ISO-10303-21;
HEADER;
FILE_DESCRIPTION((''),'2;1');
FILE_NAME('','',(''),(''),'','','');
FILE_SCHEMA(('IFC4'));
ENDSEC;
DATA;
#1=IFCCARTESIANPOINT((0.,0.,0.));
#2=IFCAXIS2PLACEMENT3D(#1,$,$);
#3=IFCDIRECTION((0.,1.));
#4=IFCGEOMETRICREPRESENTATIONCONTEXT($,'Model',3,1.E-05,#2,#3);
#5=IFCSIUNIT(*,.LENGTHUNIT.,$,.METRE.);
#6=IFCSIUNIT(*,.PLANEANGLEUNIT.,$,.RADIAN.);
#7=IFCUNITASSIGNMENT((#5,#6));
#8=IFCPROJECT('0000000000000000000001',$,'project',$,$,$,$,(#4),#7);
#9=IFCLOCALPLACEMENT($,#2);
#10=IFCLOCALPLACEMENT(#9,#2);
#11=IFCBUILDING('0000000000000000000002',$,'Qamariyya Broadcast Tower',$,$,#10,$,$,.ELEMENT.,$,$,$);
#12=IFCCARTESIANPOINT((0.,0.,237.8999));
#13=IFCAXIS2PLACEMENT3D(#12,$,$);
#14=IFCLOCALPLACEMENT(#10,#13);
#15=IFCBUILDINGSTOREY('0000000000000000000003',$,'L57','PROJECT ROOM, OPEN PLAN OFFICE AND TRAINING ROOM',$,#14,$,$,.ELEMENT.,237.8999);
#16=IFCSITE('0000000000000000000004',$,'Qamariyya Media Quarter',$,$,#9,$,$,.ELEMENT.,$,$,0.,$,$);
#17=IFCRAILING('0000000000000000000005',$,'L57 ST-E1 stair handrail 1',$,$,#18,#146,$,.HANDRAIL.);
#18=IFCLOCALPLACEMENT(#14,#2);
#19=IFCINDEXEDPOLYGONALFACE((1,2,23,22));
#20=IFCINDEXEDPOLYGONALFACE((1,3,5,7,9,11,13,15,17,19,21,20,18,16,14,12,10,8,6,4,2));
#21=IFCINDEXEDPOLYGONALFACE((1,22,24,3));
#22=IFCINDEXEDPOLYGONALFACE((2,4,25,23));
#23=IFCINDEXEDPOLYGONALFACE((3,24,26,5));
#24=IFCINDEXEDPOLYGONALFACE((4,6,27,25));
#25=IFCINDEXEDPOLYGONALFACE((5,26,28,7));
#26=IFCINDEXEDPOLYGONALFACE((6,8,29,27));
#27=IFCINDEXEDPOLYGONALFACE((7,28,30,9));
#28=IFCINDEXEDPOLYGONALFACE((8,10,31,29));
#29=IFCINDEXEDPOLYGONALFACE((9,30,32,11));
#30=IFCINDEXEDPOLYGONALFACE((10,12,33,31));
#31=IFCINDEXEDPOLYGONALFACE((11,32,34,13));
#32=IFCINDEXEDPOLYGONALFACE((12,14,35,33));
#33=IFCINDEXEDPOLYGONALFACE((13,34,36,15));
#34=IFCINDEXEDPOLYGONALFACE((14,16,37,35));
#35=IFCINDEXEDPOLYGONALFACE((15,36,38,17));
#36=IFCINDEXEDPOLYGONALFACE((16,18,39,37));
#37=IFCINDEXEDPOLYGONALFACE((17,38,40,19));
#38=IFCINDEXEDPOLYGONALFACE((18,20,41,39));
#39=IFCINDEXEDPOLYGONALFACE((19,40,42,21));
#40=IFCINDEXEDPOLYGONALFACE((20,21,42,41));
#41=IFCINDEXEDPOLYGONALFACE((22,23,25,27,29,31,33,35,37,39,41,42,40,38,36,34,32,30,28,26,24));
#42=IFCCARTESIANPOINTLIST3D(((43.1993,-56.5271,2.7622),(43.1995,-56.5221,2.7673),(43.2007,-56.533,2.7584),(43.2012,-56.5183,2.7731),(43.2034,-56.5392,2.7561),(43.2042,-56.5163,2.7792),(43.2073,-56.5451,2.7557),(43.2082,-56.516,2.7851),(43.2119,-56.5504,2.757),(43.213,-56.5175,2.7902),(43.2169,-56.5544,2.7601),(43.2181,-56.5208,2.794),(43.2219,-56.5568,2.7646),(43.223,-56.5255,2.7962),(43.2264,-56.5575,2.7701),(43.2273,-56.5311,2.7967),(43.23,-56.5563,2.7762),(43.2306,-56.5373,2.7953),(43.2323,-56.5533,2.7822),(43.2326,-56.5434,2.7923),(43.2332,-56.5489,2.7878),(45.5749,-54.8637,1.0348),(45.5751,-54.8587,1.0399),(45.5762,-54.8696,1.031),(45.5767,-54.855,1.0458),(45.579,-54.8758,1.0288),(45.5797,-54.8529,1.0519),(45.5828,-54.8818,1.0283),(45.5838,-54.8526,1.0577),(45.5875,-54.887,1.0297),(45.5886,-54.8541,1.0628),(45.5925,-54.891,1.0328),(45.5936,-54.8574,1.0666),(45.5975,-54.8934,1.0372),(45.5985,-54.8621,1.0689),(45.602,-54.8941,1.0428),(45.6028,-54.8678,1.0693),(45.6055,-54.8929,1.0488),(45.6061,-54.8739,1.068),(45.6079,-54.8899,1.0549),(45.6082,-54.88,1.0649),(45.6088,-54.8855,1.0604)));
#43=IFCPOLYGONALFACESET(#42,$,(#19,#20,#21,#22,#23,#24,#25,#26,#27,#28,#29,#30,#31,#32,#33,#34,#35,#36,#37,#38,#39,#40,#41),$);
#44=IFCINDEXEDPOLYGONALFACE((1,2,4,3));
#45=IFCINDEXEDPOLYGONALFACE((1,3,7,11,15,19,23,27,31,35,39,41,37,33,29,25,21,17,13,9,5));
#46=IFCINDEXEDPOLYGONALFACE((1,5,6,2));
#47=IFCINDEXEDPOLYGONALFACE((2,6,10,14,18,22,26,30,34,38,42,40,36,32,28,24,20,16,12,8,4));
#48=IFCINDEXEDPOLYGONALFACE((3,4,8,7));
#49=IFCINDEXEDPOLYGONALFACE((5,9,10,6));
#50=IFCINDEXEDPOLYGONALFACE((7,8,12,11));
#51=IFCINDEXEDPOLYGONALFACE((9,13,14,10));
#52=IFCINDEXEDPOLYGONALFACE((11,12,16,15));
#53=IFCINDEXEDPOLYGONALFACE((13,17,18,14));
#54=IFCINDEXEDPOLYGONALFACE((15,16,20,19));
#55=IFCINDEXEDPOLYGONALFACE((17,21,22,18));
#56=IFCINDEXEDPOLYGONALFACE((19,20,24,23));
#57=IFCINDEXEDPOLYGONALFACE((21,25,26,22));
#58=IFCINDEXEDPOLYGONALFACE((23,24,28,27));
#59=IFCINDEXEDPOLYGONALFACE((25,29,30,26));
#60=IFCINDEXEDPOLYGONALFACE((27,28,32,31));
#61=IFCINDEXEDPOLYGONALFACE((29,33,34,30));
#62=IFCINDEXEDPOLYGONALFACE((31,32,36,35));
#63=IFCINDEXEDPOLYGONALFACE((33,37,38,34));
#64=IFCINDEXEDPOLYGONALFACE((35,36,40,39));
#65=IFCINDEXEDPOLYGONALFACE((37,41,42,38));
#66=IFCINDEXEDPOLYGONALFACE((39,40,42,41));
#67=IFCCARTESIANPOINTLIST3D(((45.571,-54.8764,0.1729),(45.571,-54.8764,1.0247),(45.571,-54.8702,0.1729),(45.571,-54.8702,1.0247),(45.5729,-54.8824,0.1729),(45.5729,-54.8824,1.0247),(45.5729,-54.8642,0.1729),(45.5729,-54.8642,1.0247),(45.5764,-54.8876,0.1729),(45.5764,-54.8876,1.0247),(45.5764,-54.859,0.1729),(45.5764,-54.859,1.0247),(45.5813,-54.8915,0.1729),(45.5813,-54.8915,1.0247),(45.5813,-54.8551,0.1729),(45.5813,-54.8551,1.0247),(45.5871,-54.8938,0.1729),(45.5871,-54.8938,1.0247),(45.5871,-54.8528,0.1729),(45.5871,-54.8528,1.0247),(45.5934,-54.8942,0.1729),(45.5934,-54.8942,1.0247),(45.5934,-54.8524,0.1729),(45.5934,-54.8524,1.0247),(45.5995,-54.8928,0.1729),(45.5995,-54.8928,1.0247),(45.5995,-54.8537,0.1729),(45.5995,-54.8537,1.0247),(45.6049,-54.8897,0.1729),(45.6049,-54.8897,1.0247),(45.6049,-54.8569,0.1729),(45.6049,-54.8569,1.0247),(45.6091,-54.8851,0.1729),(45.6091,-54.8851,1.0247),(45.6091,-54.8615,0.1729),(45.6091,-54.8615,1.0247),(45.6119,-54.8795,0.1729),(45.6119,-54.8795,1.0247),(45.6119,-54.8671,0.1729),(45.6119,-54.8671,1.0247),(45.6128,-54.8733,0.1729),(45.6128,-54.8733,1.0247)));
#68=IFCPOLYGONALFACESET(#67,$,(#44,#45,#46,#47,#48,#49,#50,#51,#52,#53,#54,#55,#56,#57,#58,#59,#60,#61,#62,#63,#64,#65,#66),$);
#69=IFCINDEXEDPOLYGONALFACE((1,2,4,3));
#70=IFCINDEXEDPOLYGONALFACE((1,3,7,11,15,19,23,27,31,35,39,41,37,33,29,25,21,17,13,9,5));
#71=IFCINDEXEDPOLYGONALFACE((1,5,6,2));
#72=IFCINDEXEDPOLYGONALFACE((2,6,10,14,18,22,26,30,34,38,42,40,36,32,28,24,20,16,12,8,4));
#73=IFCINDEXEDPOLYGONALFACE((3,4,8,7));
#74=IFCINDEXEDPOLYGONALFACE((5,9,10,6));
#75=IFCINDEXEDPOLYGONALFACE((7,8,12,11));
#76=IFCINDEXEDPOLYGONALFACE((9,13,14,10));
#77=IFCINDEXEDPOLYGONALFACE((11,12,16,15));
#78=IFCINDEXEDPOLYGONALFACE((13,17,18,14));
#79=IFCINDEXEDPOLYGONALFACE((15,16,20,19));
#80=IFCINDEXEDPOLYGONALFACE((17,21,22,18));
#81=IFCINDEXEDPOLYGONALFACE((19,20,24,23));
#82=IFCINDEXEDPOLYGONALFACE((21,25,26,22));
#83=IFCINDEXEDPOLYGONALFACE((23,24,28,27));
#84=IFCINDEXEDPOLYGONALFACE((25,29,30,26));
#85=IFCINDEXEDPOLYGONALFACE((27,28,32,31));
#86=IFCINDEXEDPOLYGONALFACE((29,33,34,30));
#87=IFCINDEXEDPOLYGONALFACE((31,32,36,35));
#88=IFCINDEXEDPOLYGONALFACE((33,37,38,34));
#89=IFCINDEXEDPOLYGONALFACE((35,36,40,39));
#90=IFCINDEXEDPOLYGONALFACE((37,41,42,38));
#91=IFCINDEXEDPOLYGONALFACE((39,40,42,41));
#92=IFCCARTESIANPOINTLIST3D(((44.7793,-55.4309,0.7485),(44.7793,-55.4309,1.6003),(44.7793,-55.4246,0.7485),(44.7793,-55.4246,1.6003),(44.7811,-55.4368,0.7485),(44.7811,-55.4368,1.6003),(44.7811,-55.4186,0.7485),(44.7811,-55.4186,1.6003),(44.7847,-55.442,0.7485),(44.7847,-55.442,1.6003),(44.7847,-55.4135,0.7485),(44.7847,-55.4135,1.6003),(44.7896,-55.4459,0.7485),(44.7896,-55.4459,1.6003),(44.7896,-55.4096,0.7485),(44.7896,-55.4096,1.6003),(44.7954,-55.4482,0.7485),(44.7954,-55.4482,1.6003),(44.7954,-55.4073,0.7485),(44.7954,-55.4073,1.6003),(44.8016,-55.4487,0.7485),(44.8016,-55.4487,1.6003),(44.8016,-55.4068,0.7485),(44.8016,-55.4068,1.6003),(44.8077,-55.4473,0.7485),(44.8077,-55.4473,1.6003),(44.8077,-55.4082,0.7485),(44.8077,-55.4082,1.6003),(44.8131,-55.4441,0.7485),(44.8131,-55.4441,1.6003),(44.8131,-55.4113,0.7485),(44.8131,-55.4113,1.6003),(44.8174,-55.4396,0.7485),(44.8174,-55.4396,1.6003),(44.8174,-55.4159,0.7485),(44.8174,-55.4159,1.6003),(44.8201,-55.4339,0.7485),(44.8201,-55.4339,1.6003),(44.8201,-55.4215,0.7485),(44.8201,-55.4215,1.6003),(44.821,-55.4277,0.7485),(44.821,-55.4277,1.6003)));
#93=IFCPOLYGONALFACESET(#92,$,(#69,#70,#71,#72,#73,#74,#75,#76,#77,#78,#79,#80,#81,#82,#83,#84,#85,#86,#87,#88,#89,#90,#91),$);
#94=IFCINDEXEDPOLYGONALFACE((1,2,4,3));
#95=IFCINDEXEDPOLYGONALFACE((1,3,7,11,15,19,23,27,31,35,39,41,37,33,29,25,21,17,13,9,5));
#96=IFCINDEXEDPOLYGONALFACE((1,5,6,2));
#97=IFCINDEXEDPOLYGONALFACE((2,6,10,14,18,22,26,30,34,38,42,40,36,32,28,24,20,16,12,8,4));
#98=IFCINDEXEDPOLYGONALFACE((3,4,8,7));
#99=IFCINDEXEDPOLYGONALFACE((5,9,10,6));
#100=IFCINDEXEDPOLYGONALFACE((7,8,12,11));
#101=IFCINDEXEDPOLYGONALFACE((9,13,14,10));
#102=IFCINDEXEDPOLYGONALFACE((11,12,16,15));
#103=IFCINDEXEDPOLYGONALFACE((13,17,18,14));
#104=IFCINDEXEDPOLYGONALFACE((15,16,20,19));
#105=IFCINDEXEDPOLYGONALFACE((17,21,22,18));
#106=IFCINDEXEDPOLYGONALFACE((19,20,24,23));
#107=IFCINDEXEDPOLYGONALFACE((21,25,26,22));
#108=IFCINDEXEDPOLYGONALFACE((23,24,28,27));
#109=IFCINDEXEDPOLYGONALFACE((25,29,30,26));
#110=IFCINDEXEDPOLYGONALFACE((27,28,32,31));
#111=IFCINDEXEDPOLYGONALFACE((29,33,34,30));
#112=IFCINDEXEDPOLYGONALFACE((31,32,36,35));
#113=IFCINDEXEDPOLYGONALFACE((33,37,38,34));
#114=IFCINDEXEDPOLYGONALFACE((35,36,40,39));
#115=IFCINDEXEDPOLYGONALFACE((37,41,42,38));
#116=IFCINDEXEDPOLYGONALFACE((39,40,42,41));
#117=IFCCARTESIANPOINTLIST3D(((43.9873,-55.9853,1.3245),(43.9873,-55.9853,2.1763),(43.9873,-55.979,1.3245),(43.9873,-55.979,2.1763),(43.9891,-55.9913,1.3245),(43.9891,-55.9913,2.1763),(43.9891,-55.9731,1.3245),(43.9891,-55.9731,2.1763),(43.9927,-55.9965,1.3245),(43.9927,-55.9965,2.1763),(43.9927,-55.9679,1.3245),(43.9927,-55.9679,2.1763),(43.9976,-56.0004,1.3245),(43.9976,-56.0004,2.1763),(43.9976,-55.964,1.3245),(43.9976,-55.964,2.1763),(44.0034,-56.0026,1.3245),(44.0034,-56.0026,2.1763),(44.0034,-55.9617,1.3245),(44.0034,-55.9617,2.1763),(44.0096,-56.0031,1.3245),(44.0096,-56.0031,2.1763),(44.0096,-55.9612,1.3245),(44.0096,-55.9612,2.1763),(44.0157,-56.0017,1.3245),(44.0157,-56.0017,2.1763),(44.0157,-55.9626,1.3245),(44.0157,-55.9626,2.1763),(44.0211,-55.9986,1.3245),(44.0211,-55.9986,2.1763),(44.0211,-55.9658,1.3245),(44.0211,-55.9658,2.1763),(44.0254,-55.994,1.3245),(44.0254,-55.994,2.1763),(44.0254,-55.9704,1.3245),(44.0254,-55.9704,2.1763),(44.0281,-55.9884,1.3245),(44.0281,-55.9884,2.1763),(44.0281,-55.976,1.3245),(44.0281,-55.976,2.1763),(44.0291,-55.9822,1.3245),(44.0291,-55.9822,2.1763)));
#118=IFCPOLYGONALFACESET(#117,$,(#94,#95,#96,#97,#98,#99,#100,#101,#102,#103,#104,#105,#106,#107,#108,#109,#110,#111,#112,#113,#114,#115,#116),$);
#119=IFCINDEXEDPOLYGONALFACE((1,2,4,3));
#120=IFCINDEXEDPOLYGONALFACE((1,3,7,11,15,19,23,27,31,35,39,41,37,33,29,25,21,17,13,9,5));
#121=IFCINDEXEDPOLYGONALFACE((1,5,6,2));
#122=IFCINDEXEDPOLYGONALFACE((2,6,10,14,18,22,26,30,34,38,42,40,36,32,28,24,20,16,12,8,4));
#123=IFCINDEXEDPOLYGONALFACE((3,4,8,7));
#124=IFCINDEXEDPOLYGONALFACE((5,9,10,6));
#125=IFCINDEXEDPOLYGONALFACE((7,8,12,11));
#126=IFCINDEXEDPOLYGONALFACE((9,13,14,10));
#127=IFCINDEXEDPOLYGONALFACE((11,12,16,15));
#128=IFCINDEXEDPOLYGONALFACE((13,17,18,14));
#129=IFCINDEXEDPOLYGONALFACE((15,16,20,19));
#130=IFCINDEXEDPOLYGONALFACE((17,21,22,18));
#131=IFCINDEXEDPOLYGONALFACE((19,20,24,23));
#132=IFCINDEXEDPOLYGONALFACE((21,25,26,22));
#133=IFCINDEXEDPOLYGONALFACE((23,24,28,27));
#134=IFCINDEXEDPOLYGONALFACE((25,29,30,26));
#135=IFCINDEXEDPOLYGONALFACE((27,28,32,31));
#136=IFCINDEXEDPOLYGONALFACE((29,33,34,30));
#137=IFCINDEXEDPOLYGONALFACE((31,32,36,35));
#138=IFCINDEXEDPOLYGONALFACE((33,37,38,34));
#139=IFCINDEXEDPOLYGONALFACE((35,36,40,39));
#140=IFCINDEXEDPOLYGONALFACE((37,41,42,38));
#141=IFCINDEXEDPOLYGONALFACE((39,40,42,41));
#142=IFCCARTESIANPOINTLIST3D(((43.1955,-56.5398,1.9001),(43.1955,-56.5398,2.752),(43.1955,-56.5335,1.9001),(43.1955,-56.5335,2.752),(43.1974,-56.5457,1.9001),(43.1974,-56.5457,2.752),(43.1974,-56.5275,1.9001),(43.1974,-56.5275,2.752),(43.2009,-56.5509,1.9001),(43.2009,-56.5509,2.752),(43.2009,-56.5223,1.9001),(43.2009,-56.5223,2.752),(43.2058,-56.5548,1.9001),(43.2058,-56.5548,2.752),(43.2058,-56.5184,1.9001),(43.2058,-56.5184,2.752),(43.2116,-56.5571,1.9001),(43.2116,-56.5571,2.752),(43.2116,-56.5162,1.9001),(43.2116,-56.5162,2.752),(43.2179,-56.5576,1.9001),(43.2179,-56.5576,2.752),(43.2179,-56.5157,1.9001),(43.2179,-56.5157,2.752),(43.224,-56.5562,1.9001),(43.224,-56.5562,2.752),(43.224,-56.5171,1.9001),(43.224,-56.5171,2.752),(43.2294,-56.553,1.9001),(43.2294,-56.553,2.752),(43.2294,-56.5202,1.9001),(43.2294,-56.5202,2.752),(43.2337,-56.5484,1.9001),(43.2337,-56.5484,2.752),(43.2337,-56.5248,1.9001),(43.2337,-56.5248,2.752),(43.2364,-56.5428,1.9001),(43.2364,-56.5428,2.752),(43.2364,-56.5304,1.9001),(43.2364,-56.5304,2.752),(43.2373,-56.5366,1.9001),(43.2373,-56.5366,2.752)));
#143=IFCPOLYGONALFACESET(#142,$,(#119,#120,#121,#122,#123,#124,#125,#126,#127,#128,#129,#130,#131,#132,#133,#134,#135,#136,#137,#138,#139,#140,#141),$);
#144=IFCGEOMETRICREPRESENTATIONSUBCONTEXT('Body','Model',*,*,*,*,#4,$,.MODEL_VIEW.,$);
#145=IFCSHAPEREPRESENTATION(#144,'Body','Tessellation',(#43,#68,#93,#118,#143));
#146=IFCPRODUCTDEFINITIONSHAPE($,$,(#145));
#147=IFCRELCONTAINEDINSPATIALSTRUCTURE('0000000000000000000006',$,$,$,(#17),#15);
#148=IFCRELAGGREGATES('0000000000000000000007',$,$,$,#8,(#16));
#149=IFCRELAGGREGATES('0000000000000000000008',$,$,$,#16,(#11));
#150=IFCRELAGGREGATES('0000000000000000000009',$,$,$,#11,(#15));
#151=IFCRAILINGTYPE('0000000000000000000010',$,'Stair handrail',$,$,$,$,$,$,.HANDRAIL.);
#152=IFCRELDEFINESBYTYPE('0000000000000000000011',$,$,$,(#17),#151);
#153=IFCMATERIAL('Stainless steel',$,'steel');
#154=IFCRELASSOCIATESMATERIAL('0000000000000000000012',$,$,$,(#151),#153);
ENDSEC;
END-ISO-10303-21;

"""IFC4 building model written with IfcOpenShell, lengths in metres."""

from ifc_helpers import new_model, si_unit, direction, frame, origin, origin_2d, place, context, subcontext, project, spatial, circle, extrude, material, type_object, element, save


model = new_model("IFC4")

# Units and contexts
model_context = context("Model", 3, precision=1e-05, world=origin(), true_north=direction((0.0, 1.0)))
body_context = subcontext(model_context, "Body", "Model", "MODEL_VIEW")
ifc_project = project(units=[si_unit("LENGTHUNIT", "METRE"), si_unit("PLANEANGLEUNIT", "RADIAN")], contexts=[model_context])

# Site, building, storey
site_placement = place(None, origin())
site = spatial("IfcSite", under=ifc_project, at=site_placement, Name="Qamariyya Media Quarter", CompositionType="ELEMENT", RefElevation=0.0)
building_placement = place(site_placement, origin())
building = spatial("IfcBuilding", under=site, at=building_placement, Name="Qamariyya Broadcast Tower", CompositionType="ELEMENT")
storey_placement = place(building_placement, frame((0.0, 0.0, 237.8999)))
storey = spatial("IfcBuildingStorey", under=building, at=storey_placement, Name="L57", Description="PROJECT ROOM, OPEN PLAN OFFICE AND TRAINING ROOM", CompositionType="ELEMENT", Elevation=237.8999)

# Railing
ifc_material_1 = material(Name="Stainless steel", Category="steel")
railing_type_1 = type_object("IfcRailingType", Name="Stair handrail", PredefinedType="HANDRAIL", material=ifc_material_1)
railing_1_placement = place(storey_placement, frame((45.5918, -54.8733, 0.1729)))
element("IfcRailing", 1, at=railing_1_placement, inside=storey, type_object=railing_type_1, Name="L57 ST-E1 stair handrail 1", PredefinedType="HANDRAIL", context=body_context, shape_type="SweptSolid", body=[
    extrude(circle(Radius=0.0239, at=origin_2d()), frame((0.0, 0.0, 0.876), z_axis=(-0.70377, -0.492784, 0.511734), x_axis=(0.573575, -0.819153, 0.0)), (0.0, 0.0, 1.0), 3.3755),
    extrude(circle(Radius=0.021, at=origin_2d()), origin(), (0.0, 0.0, 1.0), 0.8518),
    extrude(circle(Radius=0.021, at=origin_2d()), frame((-0.7917, -0.5544, 0.5757)), (0.0, 0.0, 1.0), 0.8518),
    extrude(circle(Radius=0.021, at=origin_2d()), frame((-1.5837, -1.1089, 1.1516)), (0.0, 0.0, 1.0), 0.8518),
    extrude(circle(Radius=0.021, at=origin_2d()), frame((-2.3755, -1.6633, 1.7273)), (0.0, 0.0, 1.0), 0.8518),
])

save(model, "model.ifc")
